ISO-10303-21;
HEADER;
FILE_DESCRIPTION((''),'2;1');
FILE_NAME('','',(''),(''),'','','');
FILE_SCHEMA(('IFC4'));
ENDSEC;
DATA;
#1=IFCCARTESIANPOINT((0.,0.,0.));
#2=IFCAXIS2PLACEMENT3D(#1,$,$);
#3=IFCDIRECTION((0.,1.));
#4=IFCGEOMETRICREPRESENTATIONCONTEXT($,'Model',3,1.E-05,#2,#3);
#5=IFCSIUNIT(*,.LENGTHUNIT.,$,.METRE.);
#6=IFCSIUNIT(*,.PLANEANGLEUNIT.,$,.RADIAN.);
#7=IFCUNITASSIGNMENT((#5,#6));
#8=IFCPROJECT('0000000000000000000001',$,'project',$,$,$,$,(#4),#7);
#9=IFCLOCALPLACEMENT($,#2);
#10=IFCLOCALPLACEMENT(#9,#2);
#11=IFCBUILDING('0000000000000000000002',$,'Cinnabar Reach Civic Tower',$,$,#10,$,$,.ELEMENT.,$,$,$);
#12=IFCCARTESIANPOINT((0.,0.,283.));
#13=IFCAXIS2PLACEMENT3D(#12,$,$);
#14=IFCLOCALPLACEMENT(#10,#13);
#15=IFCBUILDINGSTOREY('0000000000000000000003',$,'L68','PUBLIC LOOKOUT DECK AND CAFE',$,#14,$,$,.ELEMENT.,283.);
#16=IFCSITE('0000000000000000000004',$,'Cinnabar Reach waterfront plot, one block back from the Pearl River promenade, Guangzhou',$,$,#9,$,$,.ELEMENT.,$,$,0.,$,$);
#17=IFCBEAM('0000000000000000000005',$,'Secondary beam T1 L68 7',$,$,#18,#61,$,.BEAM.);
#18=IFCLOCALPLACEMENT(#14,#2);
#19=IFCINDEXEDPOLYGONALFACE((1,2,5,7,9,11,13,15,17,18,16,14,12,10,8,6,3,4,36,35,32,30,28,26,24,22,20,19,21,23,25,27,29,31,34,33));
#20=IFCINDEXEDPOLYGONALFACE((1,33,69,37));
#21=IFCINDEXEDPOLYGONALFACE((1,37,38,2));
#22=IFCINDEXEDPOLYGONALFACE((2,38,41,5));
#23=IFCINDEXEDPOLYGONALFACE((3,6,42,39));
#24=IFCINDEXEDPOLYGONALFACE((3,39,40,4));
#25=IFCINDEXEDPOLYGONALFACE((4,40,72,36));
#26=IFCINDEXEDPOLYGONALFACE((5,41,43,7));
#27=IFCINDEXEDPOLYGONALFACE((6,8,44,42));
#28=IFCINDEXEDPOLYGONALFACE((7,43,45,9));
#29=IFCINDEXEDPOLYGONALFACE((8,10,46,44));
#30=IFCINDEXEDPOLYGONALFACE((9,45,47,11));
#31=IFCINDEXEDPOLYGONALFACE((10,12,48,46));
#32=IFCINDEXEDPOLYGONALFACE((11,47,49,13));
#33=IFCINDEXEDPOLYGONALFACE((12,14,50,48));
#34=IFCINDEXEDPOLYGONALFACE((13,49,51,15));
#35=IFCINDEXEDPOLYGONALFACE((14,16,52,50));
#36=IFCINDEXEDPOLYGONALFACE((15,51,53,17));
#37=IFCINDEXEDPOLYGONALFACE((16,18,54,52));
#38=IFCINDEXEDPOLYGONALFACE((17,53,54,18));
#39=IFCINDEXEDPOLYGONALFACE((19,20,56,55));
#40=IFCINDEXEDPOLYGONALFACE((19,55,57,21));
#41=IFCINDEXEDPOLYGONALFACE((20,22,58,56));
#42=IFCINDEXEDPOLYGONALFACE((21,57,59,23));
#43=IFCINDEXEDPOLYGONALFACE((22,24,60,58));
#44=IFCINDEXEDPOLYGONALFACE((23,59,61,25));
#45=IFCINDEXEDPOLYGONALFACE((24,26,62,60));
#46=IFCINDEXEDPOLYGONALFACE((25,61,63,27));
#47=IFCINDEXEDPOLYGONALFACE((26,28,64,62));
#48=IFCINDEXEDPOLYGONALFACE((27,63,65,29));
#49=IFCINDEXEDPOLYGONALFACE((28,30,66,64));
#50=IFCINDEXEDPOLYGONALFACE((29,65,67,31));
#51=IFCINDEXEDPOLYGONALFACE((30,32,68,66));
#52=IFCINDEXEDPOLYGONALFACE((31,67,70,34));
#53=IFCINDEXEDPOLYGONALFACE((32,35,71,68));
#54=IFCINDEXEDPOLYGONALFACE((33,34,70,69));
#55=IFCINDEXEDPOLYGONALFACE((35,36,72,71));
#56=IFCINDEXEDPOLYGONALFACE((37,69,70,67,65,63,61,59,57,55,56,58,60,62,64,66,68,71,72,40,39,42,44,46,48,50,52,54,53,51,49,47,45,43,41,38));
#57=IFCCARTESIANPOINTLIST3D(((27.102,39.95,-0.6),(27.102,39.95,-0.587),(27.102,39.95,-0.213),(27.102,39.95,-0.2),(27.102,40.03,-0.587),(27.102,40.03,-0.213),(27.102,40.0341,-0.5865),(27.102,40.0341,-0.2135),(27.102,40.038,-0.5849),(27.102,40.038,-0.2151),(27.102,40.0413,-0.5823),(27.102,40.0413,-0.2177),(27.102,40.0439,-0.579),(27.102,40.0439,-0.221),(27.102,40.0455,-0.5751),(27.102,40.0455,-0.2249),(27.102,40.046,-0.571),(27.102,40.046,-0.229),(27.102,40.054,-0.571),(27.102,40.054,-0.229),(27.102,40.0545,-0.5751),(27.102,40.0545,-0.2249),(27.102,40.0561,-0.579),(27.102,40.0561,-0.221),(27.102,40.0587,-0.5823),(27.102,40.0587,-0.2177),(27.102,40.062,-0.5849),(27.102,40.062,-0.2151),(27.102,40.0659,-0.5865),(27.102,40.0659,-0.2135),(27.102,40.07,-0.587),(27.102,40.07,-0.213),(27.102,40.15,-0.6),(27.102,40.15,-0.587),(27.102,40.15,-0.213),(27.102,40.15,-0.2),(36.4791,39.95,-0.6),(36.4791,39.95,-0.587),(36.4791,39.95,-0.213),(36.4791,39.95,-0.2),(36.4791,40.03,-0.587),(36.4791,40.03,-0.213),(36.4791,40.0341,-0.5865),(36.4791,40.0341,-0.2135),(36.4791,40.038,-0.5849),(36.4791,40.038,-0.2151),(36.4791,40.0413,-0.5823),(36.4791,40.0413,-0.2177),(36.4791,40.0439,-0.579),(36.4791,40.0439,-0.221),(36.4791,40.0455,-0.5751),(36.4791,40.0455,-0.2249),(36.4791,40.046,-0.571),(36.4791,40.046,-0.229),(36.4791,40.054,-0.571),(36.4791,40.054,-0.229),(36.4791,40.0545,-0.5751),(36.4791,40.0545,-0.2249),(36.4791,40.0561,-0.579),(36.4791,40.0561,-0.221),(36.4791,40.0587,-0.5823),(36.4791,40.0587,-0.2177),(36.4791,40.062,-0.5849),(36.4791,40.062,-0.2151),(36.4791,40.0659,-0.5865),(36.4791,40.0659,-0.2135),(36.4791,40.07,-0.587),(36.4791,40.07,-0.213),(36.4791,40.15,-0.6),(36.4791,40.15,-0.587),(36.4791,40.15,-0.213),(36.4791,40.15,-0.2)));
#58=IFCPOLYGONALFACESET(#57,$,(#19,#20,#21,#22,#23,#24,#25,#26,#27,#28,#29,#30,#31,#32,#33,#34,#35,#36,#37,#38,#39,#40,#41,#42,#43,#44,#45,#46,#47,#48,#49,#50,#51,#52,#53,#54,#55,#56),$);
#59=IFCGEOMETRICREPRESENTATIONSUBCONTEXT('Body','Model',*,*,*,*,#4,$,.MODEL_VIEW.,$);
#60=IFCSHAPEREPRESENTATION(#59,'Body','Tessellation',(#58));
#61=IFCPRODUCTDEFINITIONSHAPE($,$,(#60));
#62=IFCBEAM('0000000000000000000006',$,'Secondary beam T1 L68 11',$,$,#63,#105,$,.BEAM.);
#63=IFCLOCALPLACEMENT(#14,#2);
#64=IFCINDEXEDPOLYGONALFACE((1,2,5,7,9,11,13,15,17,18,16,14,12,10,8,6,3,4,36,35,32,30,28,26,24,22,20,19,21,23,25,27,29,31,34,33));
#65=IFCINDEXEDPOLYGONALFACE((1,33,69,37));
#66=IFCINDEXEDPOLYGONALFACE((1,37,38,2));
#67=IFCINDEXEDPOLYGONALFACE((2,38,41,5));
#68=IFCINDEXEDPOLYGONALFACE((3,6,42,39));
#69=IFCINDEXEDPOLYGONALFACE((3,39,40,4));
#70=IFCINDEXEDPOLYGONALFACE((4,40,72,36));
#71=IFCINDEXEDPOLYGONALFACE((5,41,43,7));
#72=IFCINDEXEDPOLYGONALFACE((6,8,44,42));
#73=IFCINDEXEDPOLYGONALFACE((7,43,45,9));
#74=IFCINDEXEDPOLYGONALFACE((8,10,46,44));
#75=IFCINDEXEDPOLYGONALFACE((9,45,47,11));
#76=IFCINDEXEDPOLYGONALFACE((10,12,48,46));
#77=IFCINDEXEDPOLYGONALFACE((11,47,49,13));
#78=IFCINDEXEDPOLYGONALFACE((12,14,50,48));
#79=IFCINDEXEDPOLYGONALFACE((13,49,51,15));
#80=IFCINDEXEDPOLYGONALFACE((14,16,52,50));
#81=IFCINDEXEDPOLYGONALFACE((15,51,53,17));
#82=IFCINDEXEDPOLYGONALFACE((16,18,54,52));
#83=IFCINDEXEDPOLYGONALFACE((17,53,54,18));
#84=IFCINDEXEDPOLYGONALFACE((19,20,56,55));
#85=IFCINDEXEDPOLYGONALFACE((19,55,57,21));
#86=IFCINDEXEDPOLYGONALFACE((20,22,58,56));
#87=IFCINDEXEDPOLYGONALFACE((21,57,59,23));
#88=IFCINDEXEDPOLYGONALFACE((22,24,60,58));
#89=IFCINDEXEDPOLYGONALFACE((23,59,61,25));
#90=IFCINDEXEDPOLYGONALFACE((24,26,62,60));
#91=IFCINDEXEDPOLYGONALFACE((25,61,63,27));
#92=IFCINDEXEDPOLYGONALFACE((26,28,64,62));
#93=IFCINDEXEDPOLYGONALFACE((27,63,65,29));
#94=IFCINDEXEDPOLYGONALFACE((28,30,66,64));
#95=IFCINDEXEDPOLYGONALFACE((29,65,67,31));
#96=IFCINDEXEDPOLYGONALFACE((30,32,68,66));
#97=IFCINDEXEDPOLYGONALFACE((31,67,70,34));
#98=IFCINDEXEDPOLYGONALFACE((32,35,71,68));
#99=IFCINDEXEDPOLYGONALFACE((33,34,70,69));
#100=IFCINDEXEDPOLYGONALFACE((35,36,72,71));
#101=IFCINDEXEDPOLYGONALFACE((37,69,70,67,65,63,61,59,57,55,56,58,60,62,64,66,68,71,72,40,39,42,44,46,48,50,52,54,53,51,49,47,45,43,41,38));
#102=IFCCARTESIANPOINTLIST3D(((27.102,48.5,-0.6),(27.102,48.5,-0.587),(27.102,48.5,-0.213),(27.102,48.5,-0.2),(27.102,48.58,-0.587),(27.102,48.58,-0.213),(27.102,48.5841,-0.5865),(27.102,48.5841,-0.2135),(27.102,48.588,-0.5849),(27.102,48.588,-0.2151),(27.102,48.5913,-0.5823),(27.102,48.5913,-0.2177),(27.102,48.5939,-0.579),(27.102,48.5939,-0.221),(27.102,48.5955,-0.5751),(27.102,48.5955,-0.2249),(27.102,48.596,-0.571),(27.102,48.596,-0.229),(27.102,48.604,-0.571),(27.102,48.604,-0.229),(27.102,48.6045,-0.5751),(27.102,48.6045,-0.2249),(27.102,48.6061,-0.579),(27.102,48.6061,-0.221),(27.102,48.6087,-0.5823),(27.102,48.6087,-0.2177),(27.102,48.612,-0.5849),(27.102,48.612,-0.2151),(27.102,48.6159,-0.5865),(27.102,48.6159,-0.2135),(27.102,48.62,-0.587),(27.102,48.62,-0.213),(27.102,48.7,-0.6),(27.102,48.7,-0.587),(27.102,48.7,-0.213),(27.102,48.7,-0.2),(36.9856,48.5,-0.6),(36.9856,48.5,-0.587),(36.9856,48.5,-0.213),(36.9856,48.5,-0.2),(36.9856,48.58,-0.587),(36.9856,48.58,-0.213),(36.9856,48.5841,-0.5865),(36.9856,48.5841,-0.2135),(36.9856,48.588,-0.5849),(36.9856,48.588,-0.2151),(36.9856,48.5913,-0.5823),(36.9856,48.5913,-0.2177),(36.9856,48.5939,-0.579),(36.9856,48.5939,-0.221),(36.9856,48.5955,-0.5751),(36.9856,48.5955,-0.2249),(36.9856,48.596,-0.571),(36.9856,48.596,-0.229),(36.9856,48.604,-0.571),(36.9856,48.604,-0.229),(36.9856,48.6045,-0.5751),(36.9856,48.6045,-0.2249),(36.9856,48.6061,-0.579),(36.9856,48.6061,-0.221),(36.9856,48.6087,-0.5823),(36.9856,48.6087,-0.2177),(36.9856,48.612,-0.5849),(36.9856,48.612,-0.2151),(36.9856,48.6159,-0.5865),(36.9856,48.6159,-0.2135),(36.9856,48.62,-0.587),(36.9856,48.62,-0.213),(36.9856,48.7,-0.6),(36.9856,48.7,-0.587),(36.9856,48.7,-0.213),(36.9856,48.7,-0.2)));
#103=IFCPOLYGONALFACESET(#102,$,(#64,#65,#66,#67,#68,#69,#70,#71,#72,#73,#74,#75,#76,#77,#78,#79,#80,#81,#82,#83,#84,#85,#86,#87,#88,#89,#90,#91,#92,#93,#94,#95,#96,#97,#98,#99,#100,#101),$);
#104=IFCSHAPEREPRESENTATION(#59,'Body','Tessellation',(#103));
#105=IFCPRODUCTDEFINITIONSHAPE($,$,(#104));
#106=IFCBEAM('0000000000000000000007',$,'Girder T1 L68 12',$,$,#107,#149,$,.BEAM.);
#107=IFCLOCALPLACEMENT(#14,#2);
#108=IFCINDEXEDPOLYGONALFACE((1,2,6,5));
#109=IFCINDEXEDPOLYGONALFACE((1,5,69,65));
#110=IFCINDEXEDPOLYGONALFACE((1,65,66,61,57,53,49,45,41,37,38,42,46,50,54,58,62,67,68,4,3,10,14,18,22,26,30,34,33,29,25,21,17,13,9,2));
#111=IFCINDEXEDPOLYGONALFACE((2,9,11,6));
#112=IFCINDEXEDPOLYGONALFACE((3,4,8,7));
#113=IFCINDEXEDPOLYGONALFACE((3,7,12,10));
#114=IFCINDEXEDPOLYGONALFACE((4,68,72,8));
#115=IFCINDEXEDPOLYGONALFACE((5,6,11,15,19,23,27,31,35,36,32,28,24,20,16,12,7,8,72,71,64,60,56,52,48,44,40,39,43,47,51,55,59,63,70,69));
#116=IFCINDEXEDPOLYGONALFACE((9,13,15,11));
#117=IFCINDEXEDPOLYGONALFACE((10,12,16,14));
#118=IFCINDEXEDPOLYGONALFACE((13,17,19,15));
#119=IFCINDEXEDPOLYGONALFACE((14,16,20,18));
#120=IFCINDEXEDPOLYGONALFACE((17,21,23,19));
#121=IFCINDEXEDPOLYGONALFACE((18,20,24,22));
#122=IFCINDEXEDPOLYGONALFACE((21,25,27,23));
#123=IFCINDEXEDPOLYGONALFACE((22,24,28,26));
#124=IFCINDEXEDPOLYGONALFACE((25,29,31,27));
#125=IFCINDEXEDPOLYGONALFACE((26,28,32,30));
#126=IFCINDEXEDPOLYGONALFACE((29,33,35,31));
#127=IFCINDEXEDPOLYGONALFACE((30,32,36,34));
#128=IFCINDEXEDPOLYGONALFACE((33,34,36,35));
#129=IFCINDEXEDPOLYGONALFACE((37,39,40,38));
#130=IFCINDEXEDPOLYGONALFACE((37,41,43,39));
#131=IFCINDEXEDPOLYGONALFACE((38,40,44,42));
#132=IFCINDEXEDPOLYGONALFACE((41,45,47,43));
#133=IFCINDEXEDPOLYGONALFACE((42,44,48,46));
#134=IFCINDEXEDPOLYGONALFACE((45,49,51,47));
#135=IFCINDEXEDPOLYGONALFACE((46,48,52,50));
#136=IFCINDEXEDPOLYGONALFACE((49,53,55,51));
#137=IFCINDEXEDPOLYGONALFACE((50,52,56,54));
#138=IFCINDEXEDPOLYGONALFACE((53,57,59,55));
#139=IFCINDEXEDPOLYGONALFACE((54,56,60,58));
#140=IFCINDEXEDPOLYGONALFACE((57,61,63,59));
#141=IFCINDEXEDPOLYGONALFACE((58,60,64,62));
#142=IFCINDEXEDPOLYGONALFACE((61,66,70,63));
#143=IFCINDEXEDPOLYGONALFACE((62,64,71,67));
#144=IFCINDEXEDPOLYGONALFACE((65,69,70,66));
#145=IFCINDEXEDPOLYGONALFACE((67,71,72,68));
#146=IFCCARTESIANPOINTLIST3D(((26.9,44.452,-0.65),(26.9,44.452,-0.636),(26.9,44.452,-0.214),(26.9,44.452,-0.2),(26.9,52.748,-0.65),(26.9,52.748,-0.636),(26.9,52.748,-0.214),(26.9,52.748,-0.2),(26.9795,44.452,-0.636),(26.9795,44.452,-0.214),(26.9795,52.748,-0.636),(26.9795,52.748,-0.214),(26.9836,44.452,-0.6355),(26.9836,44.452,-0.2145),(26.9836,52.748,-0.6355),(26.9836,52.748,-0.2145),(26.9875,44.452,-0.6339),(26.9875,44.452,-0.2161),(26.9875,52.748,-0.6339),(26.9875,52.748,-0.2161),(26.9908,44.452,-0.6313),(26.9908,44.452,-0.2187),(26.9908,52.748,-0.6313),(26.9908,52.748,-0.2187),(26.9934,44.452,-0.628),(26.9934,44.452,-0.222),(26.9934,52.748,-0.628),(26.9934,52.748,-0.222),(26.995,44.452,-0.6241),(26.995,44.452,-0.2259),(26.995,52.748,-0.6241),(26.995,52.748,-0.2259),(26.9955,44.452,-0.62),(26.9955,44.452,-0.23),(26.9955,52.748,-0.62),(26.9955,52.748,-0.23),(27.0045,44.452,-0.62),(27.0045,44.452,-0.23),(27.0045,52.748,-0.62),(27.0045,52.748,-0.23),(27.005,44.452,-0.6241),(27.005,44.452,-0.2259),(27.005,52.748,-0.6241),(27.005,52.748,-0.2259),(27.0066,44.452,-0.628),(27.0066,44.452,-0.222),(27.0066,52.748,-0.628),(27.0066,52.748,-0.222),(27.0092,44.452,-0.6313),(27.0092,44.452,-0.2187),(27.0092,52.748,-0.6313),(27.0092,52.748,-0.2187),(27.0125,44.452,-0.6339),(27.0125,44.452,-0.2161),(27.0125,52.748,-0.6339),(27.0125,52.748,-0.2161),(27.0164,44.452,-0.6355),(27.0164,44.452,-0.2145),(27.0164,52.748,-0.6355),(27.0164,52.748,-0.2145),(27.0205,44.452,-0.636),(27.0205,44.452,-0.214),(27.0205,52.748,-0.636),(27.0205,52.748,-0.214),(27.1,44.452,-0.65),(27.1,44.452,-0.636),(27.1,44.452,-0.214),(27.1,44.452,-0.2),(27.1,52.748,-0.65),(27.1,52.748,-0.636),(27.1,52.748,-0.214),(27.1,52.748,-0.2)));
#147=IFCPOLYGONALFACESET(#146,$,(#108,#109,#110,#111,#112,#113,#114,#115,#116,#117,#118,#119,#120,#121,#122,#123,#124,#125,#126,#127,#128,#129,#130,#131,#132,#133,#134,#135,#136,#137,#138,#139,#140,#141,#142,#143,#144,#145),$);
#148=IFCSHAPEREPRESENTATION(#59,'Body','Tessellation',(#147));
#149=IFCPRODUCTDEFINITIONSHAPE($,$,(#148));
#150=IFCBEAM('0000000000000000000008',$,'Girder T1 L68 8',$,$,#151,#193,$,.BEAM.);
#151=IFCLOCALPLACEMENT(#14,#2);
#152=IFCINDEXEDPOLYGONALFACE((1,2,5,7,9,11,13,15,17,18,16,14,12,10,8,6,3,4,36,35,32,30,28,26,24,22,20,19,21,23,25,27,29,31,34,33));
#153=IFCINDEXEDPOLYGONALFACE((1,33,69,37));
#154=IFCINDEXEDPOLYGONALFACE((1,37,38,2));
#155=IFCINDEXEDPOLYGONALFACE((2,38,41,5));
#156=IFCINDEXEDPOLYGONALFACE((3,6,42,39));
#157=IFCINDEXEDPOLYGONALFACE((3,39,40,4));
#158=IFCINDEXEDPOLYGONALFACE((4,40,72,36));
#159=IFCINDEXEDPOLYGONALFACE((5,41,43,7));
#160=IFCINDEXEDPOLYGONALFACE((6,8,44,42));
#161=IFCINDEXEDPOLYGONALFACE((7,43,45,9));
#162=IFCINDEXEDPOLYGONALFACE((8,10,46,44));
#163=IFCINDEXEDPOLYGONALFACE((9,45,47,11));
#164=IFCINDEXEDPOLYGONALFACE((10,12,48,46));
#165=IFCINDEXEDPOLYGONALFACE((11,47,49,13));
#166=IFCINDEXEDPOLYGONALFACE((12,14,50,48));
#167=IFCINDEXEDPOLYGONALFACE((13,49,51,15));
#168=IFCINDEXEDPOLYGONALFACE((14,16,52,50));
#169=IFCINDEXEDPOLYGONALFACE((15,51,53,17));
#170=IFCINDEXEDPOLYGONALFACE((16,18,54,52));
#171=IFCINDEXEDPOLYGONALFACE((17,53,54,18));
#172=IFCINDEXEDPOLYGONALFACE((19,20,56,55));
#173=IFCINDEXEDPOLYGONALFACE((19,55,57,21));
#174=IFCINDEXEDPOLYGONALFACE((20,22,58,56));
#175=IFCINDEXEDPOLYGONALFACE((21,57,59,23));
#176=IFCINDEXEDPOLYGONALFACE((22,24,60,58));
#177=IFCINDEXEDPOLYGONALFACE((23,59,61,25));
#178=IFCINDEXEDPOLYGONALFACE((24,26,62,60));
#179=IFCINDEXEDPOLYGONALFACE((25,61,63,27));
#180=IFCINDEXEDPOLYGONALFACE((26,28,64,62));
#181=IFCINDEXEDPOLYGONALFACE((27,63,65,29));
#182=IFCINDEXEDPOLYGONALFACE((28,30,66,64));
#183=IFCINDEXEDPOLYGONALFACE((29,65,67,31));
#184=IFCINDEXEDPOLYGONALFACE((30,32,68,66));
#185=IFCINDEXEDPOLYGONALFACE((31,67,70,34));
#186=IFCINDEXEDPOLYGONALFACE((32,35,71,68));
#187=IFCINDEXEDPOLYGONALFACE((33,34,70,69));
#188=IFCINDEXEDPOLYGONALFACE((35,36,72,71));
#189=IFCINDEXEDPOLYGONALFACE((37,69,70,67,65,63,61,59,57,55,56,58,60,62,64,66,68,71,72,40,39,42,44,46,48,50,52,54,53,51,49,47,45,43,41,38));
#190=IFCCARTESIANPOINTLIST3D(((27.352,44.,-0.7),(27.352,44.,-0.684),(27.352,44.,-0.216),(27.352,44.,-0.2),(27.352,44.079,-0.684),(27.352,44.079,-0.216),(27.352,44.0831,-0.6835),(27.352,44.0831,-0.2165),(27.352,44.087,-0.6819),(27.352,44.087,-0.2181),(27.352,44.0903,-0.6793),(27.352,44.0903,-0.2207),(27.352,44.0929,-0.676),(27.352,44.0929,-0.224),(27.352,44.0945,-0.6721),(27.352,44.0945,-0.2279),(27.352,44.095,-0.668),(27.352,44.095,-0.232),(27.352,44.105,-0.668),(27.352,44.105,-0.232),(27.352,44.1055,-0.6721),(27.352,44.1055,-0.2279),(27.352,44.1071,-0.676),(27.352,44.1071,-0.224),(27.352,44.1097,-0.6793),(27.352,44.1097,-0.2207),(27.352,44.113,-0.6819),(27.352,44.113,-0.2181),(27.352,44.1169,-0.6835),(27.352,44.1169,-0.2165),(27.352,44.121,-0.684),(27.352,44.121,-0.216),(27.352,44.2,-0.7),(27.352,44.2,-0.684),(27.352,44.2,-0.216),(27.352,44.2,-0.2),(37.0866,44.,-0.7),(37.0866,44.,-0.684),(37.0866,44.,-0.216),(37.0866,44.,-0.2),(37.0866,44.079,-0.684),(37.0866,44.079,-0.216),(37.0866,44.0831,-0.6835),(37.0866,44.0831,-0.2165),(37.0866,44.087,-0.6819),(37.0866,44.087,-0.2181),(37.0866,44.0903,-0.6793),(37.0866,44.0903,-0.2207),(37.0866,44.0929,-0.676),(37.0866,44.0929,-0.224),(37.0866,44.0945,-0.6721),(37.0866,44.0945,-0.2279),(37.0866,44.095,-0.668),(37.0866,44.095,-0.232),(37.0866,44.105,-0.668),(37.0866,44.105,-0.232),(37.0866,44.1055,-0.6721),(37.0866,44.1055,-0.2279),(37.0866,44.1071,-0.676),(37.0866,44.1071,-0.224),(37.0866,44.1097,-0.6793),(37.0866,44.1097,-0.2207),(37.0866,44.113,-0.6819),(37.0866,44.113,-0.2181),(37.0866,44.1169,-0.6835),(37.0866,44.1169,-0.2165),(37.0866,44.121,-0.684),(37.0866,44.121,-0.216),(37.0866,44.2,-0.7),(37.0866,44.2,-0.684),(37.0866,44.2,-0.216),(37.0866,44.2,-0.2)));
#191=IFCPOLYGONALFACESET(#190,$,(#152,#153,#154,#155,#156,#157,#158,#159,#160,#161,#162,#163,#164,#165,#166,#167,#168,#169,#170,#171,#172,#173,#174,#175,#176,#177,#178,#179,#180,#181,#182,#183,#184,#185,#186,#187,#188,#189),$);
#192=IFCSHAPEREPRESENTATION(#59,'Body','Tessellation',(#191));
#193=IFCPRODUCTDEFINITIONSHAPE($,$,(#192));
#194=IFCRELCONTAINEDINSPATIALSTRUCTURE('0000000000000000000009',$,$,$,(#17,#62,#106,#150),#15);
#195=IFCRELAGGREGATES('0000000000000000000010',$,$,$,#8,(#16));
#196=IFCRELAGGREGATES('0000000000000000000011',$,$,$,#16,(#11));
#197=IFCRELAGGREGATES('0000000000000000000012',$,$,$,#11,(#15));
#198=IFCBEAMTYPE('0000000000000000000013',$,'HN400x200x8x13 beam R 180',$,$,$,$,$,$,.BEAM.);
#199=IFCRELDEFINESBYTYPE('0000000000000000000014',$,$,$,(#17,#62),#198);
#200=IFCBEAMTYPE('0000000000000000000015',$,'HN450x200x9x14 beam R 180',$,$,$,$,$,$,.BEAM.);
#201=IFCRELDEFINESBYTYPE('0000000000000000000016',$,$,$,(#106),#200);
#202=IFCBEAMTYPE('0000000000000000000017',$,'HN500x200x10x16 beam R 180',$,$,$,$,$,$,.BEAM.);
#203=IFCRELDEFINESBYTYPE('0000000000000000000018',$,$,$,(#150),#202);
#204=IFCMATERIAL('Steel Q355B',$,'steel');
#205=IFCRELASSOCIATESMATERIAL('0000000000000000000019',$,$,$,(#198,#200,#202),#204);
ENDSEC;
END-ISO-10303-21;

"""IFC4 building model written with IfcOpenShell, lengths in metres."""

from ifc_helpers import new_model, si_unit, direction, frame, origin, origin_2d, place, context, subcontext, project, spatial, i_section, extrude, material, material_profile, profile_set, type_object, element, save


model = new_model("IFC4")

# Units and contexts
model_context = context("Model", 3, precision=1e-05, world=origin(), true_north=direction((0.0, 1.0)))
body_context = subcontext(model_context, "Body", "Model", "MODEL_VIEW")
ifc_project = project(units=[si_unit("LENGTHUNIT", "METRE"), si_unit("PLANEANGLEUNIT", "RADIAN")], contexts=[model_context])

# Site, building, storey
site_placement = place(None, origin())
site = spatial("IfcSite", under=ifc_project, at=site_placement, Name="Cinnabar Reach waterfront plot, one block back from the Pearl River promenade, Guangzhou", CompositionType="ELEMENT", RefElevation=0.0)
building_placement = place(site_placement, origin())
building = spatial("IfcBuilding", under=site, at=building_placement, Name="Cinnabar Reach Civic Tower", CompositionType="ELEMENT")
storey_placement = place(building_placement, frame((0.0, 0.0, 283.0)))
storey = spatial("IfcBuildingStorey", under=building, at=storey_placement, Name="L68", Description="PUBLIC LOOKOUT DECK AND CAFE", CompositionType="ELEMENT", Elevation=283.0)

# Beams
ifc_material_1 = material(Name="Steel Q355B", Category="steel")
ifc_material_profile_1 = material_profile(ifc_material_1, i_section(OverallWidth=0.2, OverallDepth=0.4, WebThickness=0.008, FlangeThickness=0.013, FilletRadius=0.016, at=origin_2d()), Name="HN400x200x8x13")
ifc_profile_set_1 = profile_set([ifc_material_profile_1], Name="Steel Q355B")
beam_type_1 = type_object("IfcBeamType", Name="HN400x200x8x13 beam R 180", PredefinedType="BEAM", material=ifc_profile_set_1)
beam_1_placement = place(storey_placement, frame((27.102, 40.05, -0.4), z_axis=(1.0, 0.0, 0.0), x_axis=(0.0, 1.0, 0.0)))
element("IfcBeam", 1, at=beam_1_placement, inside=storey, type_object=beam_type_1, Name="Secondary beam T1 L68 7", PredefinedType="BEAM", context=body_context, shape_type="SweptSolid", body=[
    extrude(i_section(OverallWidth=0.2, OverallDepth=0.4, WebThickness=0.008, FlangeThickness=0.013, FilletRadius=0.016, at=origin_2d()), origin(), (0.0, 0.0, 1.0), 9.3771),
])
beam_2_placement = place(storey_placement, frame((27.102, 48.6, -0.4), z_axis=(1.0, 0.0, 0.0), x_axis=(0.0, 1.0, 0.0)))
element("IfcBeam", 2, at=beam_2_placement, inside=storey, type_object=beam_type_1, Name="Secondary beam T1 L68 11", PredefinedType="BEAM", context=body_context, shape_type="SweptSolid", body=[
    extrude(i_section(OverallWidth=0.2, OverallDepth=0.4, WebThickness=0.008, FlangeThickness=0.013, FilletRadius=0.016, at=origin_2d()), origin(), (0.0, 0.0, 1.0), 9.8836),
])
ifc_material_profile_2 = material_profile(ifc_material_1, i_section(OverallWidth=0.2, OverallDepth=0.45, WebThickness=0.009, FlangeThickness=0.014, FilletRadius=0.016, at=origin_2d()), Name="HN450x200x9x14")
ifc_profile_set_2 = profile_set([ifc_material_profile_2], Name="Steel Q355B")
beam_type_2 = type_object("IfcBeamType", Name="HN450x200x9x14 beam R 180", PredefinedType="BEAM", material=ifc_profile_set_2)
beam_3_placement = place(storey_placement, frame((27.0, 44.452, -0.425), z_axis=(0.0, 1.0, 0.0), x_axis=(-1.0, 0.0, 0.0)))
element("IfcBeam", 3, at=beam_3_placement, inside=storey, type_object=beam_type_2, Name="Girder T1 L68 12", PredefinedType="BEAM", context=body_context, shape_type="SweptSolid", body=[
    extrude(i_section(OverallWidth=0.2, OverallDepth=0.45, WebThickness=0.009, FlangeThickness=0.014, FilletRadius=0.016, at=origin_2d()), origin(), (0.0, 0.0, 1.0), 8.296),
])
ifc_material_profile_3 = material_profile(ifc_material_1, i_section(OverallWidth=0.2, OverallDepth=0.5, WebThickness=0.01, FlangeThickness=0.016, FilletRadius=0.016, at=origin_2d()), Name="HN500x200x10x16")
ifc_profile_set_3 = profile_set([ifc_material_profile_3], Name="Steel Q355B")
beam_type_3 = type_object("IfcBeamType", Name="HN500x200x10x16 beam R 180", PredefinedType="BEAM", material=ifc_profile_set_3)
beam_4_placement = place(storey_placement, frame((27.352, 44.1, -0.45), z_axis=(1.0, 0.0, 0.0), x_axis=(0.0, 1.0, 0.0)))
element("IfcBeam", 4, at=beam_4_placement, inside=storey, type_object=beam_type_3, Name="Girder T1 L68 8", PredefinedType="BEAM", context=body_context, shape_type="SweptSolid", body=[
    extrude(i_section(OverallWidth=0.2, OverallDepth=0.5, WebThickness=0.01, FlangeThickness=0.016, FilletRadius=0.016, at=origin_2d()), origin(), (0.0, 0.0, 1.0), 9.7346),
])

save(model, "model.ifc")
